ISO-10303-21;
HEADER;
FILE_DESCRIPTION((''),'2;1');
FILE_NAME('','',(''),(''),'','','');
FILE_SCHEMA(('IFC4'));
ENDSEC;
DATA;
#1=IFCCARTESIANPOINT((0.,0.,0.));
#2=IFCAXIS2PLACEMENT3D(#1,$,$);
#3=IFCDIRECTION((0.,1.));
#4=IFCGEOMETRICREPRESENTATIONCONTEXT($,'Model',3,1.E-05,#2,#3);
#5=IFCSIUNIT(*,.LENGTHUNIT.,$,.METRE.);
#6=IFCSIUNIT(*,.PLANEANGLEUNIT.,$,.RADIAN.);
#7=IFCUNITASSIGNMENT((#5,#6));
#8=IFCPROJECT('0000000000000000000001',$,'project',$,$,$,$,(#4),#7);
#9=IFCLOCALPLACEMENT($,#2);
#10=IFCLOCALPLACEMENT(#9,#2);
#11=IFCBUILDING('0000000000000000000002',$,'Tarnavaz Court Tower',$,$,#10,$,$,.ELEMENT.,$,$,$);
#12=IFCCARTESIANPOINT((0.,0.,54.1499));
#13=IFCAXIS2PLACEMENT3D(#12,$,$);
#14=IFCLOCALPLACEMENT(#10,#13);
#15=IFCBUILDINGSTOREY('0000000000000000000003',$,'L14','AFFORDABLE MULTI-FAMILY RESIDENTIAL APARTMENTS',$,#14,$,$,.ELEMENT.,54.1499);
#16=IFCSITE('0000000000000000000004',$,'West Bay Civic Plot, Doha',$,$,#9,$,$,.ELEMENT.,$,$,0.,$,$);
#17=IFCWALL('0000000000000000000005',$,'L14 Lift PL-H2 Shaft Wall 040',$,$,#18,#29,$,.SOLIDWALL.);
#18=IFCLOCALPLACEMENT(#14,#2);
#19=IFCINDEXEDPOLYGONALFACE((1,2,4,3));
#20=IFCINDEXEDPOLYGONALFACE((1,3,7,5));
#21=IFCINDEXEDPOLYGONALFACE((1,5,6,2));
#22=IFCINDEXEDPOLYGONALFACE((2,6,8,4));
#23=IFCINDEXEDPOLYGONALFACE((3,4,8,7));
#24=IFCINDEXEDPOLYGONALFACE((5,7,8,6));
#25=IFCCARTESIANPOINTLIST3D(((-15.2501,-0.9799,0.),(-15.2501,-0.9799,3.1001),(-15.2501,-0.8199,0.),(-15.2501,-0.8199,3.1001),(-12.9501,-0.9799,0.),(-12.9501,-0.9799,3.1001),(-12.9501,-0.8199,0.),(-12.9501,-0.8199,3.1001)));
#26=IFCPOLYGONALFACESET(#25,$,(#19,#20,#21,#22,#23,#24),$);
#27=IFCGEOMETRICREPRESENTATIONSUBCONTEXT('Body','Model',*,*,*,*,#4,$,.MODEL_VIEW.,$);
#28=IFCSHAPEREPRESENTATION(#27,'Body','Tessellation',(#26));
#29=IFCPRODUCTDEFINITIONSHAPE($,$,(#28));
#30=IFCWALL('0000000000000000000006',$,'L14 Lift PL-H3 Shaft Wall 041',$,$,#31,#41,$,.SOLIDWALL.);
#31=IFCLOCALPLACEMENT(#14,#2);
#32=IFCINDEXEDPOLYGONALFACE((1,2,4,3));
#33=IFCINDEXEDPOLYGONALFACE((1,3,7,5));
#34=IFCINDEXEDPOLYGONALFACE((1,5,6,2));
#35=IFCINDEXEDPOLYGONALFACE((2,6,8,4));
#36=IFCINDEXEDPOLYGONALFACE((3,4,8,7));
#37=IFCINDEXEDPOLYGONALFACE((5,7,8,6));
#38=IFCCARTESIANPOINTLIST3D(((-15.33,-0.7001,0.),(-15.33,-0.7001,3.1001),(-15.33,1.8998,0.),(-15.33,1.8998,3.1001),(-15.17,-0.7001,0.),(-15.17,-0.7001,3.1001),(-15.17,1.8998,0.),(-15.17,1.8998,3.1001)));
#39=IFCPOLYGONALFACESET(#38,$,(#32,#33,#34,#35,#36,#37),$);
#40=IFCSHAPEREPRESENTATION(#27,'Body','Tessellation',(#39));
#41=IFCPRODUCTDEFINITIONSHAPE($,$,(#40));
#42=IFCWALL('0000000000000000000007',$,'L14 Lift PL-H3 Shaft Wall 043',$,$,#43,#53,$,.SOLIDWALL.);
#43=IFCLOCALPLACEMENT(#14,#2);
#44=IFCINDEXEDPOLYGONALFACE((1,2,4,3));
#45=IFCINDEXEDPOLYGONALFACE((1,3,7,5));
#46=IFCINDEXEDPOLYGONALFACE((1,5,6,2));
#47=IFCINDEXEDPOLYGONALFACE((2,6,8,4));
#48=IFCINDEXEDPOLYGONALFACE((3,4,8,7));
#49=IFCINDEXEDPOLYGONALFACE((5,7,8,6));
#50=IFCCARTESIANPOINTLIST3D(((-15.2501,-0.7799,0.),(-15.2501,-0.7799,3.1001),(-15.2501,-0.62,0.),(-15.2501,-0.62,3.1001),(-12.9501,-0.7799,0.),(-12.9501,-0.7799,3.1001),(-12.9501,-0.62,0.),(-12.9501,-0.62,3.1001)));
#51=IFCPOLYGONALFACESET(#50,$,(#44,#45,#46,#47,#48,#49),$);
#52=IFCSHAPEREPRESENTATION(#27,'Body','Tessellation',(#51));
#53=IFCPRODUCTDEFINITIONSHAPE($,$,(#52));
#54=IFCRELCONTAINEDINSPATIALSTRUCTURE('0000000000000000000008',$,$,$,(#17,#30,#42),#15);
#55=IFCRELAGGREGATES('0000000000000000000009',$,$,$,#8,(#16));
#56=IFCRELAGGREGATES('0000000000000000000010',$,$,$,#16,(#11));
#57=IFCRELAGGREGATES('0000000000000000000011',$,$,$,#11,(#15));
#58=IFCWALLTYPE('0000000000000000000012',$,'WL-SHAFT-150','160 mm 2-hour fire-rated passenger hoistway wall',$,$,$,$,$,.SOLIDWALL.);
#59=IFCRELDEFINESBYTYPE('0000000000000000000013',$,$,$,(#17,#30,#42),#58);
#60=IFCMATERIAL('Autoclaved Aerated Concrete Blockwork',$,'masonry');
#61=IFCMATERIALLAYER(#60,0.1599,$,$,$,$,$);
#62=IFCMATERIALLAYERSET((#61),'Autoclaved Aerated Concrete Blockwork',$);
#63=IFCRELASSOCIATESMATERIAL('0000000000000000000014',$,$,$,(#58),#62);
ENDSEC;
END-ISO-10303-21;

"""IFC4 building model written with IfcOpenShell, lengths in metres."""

from ifc_helpers import new_model, si_unit, direction, frame, frame_2d, origin, place, context, subcontext, project, spatial, rectangle, extrude, material, layer, layer_set, type_object, element, save


model = new_model("IFC4")

# Units and contexts
model_context = context("Model", 3, precision=1e-05, world=origin(), true_north=direction((0.0, 1.0)))
body_context = subcontext(model_context, "Body", "Model", "MODEL_VIEW")
ifc_project = project(units=[si_unit("LENGTHUNIT", "METRE"), si_unit("PLANEANGLEUNIT", "RADIAN")], contexts=[model_context])

# Site, building, storey
site_placement = place(None, origin())
site = spatial("IfcSite", under=ifc_project, at=site_placement, Name="West Bay Civic Plot, Doha", CompositionType="ELEMENT", RefElevation=0.0)
building_placement = place(site_placement, origin())
building = spatial("IfcBuilding", under=site, at=building_placement, Name="Tarnavaz Court Tower", CompositionType="ELEMENT")
storey_placement = place(building_placement, frame((0.0, 0.0, 54.1499)))
storey = spatial("IfcBuildingStorey", under=building, at=storey_placement, Name="L14", Description="AFFORDABLE MULTI-FAMILY RESIDENTIAL APARTMENTS", CompositionType="ELEMENT", Elevation=54.1499)

# Walls
ifc_material_1 = material(Name="Autoclaved Aerated Concrete Blockwork", Category="masonry")
ifc_layer_1 = layer(ifc_material_1, 0.1599)
ifc_layer_set_1 = layer_set([ifc_layer_1], Name="Autoclaved Aerated Concrete Blockwork")
wall_type_1 = type_object("IfcWallType", Name="WL-SHAFT-150", Description="160 mm 2-hour fire-rated passenger hoistway wall", PredefinedType="SOLIDWALL", material=ifc_layer_set_1)
for number, where, z_axis, x_axis, name in (
    (1, (-15.25, -0.8999, 0.0), (0.0, 0.0, 1.0), (1.0, 0.0, 0.0), "L14 Lift PL-H2 Shaft Wall 040"),
):
    element("IfcWall", number, at=place(storey_placement, frame(where, z_axis=z_axis, x_axis=x_axis)), inside=storey, type_object=wall_type_1, Name=name, PredefinedType="SOLIDWALL", context=body_context, shape_type="SweptSolid", body=[
        extrude(rectangle(XDim=2.3, YDim=0.1599, at=frame_2d((1.1499, 0.0))), origin(), (0.0, 0.0, 1.0), 3.1001),
    ])
wall_1_placement = place(storey_placement, frame((-15.25, -0.7, 0.0), z_axis=(0.0, 0.0, 1.0), x_axis=(0.0, 1.0, 0.0)))
element("IfcWall", 2, at=wall_1_placement, inside=storey, type_object=wall_type_1, Name="L14 Lift PL-H3 Shaft Wall 041", PredefinedType="SOLIDWALL", context=body_context, shape_type="SweptSolid", body=[
    extrude(rectangle(XDim=2.5999, YDim=0.1599, at=frame_2d((1.2998, 0.0))), origin(), (0.0, 0.0, 1.0), 3.1001),
])
wall_2_placement = place(storey_placement, frame((-15.25, -0.7, 0.0), z_axis=(0.0, 0.0, 1.0), x_axis=(1.0, 0.0, 0.0)))
element("IfcWall", 3, at=wall_2_placement, inside=storey, type_object=wall_type_1, Name="L14 Lift PL-H3 Shaft Wall 043", PredefinedType="SOLIDWALL", context=body_context, shape_type="SweptSolid", body=[
    extrude(rectangle(XDim=2.3, YDim=0.1599, at=frame_2d((1.1499, 0.0))), origin(), (0.0, 0.0, 1.0), 3.1001),
])

save(model, "model.ifc")
